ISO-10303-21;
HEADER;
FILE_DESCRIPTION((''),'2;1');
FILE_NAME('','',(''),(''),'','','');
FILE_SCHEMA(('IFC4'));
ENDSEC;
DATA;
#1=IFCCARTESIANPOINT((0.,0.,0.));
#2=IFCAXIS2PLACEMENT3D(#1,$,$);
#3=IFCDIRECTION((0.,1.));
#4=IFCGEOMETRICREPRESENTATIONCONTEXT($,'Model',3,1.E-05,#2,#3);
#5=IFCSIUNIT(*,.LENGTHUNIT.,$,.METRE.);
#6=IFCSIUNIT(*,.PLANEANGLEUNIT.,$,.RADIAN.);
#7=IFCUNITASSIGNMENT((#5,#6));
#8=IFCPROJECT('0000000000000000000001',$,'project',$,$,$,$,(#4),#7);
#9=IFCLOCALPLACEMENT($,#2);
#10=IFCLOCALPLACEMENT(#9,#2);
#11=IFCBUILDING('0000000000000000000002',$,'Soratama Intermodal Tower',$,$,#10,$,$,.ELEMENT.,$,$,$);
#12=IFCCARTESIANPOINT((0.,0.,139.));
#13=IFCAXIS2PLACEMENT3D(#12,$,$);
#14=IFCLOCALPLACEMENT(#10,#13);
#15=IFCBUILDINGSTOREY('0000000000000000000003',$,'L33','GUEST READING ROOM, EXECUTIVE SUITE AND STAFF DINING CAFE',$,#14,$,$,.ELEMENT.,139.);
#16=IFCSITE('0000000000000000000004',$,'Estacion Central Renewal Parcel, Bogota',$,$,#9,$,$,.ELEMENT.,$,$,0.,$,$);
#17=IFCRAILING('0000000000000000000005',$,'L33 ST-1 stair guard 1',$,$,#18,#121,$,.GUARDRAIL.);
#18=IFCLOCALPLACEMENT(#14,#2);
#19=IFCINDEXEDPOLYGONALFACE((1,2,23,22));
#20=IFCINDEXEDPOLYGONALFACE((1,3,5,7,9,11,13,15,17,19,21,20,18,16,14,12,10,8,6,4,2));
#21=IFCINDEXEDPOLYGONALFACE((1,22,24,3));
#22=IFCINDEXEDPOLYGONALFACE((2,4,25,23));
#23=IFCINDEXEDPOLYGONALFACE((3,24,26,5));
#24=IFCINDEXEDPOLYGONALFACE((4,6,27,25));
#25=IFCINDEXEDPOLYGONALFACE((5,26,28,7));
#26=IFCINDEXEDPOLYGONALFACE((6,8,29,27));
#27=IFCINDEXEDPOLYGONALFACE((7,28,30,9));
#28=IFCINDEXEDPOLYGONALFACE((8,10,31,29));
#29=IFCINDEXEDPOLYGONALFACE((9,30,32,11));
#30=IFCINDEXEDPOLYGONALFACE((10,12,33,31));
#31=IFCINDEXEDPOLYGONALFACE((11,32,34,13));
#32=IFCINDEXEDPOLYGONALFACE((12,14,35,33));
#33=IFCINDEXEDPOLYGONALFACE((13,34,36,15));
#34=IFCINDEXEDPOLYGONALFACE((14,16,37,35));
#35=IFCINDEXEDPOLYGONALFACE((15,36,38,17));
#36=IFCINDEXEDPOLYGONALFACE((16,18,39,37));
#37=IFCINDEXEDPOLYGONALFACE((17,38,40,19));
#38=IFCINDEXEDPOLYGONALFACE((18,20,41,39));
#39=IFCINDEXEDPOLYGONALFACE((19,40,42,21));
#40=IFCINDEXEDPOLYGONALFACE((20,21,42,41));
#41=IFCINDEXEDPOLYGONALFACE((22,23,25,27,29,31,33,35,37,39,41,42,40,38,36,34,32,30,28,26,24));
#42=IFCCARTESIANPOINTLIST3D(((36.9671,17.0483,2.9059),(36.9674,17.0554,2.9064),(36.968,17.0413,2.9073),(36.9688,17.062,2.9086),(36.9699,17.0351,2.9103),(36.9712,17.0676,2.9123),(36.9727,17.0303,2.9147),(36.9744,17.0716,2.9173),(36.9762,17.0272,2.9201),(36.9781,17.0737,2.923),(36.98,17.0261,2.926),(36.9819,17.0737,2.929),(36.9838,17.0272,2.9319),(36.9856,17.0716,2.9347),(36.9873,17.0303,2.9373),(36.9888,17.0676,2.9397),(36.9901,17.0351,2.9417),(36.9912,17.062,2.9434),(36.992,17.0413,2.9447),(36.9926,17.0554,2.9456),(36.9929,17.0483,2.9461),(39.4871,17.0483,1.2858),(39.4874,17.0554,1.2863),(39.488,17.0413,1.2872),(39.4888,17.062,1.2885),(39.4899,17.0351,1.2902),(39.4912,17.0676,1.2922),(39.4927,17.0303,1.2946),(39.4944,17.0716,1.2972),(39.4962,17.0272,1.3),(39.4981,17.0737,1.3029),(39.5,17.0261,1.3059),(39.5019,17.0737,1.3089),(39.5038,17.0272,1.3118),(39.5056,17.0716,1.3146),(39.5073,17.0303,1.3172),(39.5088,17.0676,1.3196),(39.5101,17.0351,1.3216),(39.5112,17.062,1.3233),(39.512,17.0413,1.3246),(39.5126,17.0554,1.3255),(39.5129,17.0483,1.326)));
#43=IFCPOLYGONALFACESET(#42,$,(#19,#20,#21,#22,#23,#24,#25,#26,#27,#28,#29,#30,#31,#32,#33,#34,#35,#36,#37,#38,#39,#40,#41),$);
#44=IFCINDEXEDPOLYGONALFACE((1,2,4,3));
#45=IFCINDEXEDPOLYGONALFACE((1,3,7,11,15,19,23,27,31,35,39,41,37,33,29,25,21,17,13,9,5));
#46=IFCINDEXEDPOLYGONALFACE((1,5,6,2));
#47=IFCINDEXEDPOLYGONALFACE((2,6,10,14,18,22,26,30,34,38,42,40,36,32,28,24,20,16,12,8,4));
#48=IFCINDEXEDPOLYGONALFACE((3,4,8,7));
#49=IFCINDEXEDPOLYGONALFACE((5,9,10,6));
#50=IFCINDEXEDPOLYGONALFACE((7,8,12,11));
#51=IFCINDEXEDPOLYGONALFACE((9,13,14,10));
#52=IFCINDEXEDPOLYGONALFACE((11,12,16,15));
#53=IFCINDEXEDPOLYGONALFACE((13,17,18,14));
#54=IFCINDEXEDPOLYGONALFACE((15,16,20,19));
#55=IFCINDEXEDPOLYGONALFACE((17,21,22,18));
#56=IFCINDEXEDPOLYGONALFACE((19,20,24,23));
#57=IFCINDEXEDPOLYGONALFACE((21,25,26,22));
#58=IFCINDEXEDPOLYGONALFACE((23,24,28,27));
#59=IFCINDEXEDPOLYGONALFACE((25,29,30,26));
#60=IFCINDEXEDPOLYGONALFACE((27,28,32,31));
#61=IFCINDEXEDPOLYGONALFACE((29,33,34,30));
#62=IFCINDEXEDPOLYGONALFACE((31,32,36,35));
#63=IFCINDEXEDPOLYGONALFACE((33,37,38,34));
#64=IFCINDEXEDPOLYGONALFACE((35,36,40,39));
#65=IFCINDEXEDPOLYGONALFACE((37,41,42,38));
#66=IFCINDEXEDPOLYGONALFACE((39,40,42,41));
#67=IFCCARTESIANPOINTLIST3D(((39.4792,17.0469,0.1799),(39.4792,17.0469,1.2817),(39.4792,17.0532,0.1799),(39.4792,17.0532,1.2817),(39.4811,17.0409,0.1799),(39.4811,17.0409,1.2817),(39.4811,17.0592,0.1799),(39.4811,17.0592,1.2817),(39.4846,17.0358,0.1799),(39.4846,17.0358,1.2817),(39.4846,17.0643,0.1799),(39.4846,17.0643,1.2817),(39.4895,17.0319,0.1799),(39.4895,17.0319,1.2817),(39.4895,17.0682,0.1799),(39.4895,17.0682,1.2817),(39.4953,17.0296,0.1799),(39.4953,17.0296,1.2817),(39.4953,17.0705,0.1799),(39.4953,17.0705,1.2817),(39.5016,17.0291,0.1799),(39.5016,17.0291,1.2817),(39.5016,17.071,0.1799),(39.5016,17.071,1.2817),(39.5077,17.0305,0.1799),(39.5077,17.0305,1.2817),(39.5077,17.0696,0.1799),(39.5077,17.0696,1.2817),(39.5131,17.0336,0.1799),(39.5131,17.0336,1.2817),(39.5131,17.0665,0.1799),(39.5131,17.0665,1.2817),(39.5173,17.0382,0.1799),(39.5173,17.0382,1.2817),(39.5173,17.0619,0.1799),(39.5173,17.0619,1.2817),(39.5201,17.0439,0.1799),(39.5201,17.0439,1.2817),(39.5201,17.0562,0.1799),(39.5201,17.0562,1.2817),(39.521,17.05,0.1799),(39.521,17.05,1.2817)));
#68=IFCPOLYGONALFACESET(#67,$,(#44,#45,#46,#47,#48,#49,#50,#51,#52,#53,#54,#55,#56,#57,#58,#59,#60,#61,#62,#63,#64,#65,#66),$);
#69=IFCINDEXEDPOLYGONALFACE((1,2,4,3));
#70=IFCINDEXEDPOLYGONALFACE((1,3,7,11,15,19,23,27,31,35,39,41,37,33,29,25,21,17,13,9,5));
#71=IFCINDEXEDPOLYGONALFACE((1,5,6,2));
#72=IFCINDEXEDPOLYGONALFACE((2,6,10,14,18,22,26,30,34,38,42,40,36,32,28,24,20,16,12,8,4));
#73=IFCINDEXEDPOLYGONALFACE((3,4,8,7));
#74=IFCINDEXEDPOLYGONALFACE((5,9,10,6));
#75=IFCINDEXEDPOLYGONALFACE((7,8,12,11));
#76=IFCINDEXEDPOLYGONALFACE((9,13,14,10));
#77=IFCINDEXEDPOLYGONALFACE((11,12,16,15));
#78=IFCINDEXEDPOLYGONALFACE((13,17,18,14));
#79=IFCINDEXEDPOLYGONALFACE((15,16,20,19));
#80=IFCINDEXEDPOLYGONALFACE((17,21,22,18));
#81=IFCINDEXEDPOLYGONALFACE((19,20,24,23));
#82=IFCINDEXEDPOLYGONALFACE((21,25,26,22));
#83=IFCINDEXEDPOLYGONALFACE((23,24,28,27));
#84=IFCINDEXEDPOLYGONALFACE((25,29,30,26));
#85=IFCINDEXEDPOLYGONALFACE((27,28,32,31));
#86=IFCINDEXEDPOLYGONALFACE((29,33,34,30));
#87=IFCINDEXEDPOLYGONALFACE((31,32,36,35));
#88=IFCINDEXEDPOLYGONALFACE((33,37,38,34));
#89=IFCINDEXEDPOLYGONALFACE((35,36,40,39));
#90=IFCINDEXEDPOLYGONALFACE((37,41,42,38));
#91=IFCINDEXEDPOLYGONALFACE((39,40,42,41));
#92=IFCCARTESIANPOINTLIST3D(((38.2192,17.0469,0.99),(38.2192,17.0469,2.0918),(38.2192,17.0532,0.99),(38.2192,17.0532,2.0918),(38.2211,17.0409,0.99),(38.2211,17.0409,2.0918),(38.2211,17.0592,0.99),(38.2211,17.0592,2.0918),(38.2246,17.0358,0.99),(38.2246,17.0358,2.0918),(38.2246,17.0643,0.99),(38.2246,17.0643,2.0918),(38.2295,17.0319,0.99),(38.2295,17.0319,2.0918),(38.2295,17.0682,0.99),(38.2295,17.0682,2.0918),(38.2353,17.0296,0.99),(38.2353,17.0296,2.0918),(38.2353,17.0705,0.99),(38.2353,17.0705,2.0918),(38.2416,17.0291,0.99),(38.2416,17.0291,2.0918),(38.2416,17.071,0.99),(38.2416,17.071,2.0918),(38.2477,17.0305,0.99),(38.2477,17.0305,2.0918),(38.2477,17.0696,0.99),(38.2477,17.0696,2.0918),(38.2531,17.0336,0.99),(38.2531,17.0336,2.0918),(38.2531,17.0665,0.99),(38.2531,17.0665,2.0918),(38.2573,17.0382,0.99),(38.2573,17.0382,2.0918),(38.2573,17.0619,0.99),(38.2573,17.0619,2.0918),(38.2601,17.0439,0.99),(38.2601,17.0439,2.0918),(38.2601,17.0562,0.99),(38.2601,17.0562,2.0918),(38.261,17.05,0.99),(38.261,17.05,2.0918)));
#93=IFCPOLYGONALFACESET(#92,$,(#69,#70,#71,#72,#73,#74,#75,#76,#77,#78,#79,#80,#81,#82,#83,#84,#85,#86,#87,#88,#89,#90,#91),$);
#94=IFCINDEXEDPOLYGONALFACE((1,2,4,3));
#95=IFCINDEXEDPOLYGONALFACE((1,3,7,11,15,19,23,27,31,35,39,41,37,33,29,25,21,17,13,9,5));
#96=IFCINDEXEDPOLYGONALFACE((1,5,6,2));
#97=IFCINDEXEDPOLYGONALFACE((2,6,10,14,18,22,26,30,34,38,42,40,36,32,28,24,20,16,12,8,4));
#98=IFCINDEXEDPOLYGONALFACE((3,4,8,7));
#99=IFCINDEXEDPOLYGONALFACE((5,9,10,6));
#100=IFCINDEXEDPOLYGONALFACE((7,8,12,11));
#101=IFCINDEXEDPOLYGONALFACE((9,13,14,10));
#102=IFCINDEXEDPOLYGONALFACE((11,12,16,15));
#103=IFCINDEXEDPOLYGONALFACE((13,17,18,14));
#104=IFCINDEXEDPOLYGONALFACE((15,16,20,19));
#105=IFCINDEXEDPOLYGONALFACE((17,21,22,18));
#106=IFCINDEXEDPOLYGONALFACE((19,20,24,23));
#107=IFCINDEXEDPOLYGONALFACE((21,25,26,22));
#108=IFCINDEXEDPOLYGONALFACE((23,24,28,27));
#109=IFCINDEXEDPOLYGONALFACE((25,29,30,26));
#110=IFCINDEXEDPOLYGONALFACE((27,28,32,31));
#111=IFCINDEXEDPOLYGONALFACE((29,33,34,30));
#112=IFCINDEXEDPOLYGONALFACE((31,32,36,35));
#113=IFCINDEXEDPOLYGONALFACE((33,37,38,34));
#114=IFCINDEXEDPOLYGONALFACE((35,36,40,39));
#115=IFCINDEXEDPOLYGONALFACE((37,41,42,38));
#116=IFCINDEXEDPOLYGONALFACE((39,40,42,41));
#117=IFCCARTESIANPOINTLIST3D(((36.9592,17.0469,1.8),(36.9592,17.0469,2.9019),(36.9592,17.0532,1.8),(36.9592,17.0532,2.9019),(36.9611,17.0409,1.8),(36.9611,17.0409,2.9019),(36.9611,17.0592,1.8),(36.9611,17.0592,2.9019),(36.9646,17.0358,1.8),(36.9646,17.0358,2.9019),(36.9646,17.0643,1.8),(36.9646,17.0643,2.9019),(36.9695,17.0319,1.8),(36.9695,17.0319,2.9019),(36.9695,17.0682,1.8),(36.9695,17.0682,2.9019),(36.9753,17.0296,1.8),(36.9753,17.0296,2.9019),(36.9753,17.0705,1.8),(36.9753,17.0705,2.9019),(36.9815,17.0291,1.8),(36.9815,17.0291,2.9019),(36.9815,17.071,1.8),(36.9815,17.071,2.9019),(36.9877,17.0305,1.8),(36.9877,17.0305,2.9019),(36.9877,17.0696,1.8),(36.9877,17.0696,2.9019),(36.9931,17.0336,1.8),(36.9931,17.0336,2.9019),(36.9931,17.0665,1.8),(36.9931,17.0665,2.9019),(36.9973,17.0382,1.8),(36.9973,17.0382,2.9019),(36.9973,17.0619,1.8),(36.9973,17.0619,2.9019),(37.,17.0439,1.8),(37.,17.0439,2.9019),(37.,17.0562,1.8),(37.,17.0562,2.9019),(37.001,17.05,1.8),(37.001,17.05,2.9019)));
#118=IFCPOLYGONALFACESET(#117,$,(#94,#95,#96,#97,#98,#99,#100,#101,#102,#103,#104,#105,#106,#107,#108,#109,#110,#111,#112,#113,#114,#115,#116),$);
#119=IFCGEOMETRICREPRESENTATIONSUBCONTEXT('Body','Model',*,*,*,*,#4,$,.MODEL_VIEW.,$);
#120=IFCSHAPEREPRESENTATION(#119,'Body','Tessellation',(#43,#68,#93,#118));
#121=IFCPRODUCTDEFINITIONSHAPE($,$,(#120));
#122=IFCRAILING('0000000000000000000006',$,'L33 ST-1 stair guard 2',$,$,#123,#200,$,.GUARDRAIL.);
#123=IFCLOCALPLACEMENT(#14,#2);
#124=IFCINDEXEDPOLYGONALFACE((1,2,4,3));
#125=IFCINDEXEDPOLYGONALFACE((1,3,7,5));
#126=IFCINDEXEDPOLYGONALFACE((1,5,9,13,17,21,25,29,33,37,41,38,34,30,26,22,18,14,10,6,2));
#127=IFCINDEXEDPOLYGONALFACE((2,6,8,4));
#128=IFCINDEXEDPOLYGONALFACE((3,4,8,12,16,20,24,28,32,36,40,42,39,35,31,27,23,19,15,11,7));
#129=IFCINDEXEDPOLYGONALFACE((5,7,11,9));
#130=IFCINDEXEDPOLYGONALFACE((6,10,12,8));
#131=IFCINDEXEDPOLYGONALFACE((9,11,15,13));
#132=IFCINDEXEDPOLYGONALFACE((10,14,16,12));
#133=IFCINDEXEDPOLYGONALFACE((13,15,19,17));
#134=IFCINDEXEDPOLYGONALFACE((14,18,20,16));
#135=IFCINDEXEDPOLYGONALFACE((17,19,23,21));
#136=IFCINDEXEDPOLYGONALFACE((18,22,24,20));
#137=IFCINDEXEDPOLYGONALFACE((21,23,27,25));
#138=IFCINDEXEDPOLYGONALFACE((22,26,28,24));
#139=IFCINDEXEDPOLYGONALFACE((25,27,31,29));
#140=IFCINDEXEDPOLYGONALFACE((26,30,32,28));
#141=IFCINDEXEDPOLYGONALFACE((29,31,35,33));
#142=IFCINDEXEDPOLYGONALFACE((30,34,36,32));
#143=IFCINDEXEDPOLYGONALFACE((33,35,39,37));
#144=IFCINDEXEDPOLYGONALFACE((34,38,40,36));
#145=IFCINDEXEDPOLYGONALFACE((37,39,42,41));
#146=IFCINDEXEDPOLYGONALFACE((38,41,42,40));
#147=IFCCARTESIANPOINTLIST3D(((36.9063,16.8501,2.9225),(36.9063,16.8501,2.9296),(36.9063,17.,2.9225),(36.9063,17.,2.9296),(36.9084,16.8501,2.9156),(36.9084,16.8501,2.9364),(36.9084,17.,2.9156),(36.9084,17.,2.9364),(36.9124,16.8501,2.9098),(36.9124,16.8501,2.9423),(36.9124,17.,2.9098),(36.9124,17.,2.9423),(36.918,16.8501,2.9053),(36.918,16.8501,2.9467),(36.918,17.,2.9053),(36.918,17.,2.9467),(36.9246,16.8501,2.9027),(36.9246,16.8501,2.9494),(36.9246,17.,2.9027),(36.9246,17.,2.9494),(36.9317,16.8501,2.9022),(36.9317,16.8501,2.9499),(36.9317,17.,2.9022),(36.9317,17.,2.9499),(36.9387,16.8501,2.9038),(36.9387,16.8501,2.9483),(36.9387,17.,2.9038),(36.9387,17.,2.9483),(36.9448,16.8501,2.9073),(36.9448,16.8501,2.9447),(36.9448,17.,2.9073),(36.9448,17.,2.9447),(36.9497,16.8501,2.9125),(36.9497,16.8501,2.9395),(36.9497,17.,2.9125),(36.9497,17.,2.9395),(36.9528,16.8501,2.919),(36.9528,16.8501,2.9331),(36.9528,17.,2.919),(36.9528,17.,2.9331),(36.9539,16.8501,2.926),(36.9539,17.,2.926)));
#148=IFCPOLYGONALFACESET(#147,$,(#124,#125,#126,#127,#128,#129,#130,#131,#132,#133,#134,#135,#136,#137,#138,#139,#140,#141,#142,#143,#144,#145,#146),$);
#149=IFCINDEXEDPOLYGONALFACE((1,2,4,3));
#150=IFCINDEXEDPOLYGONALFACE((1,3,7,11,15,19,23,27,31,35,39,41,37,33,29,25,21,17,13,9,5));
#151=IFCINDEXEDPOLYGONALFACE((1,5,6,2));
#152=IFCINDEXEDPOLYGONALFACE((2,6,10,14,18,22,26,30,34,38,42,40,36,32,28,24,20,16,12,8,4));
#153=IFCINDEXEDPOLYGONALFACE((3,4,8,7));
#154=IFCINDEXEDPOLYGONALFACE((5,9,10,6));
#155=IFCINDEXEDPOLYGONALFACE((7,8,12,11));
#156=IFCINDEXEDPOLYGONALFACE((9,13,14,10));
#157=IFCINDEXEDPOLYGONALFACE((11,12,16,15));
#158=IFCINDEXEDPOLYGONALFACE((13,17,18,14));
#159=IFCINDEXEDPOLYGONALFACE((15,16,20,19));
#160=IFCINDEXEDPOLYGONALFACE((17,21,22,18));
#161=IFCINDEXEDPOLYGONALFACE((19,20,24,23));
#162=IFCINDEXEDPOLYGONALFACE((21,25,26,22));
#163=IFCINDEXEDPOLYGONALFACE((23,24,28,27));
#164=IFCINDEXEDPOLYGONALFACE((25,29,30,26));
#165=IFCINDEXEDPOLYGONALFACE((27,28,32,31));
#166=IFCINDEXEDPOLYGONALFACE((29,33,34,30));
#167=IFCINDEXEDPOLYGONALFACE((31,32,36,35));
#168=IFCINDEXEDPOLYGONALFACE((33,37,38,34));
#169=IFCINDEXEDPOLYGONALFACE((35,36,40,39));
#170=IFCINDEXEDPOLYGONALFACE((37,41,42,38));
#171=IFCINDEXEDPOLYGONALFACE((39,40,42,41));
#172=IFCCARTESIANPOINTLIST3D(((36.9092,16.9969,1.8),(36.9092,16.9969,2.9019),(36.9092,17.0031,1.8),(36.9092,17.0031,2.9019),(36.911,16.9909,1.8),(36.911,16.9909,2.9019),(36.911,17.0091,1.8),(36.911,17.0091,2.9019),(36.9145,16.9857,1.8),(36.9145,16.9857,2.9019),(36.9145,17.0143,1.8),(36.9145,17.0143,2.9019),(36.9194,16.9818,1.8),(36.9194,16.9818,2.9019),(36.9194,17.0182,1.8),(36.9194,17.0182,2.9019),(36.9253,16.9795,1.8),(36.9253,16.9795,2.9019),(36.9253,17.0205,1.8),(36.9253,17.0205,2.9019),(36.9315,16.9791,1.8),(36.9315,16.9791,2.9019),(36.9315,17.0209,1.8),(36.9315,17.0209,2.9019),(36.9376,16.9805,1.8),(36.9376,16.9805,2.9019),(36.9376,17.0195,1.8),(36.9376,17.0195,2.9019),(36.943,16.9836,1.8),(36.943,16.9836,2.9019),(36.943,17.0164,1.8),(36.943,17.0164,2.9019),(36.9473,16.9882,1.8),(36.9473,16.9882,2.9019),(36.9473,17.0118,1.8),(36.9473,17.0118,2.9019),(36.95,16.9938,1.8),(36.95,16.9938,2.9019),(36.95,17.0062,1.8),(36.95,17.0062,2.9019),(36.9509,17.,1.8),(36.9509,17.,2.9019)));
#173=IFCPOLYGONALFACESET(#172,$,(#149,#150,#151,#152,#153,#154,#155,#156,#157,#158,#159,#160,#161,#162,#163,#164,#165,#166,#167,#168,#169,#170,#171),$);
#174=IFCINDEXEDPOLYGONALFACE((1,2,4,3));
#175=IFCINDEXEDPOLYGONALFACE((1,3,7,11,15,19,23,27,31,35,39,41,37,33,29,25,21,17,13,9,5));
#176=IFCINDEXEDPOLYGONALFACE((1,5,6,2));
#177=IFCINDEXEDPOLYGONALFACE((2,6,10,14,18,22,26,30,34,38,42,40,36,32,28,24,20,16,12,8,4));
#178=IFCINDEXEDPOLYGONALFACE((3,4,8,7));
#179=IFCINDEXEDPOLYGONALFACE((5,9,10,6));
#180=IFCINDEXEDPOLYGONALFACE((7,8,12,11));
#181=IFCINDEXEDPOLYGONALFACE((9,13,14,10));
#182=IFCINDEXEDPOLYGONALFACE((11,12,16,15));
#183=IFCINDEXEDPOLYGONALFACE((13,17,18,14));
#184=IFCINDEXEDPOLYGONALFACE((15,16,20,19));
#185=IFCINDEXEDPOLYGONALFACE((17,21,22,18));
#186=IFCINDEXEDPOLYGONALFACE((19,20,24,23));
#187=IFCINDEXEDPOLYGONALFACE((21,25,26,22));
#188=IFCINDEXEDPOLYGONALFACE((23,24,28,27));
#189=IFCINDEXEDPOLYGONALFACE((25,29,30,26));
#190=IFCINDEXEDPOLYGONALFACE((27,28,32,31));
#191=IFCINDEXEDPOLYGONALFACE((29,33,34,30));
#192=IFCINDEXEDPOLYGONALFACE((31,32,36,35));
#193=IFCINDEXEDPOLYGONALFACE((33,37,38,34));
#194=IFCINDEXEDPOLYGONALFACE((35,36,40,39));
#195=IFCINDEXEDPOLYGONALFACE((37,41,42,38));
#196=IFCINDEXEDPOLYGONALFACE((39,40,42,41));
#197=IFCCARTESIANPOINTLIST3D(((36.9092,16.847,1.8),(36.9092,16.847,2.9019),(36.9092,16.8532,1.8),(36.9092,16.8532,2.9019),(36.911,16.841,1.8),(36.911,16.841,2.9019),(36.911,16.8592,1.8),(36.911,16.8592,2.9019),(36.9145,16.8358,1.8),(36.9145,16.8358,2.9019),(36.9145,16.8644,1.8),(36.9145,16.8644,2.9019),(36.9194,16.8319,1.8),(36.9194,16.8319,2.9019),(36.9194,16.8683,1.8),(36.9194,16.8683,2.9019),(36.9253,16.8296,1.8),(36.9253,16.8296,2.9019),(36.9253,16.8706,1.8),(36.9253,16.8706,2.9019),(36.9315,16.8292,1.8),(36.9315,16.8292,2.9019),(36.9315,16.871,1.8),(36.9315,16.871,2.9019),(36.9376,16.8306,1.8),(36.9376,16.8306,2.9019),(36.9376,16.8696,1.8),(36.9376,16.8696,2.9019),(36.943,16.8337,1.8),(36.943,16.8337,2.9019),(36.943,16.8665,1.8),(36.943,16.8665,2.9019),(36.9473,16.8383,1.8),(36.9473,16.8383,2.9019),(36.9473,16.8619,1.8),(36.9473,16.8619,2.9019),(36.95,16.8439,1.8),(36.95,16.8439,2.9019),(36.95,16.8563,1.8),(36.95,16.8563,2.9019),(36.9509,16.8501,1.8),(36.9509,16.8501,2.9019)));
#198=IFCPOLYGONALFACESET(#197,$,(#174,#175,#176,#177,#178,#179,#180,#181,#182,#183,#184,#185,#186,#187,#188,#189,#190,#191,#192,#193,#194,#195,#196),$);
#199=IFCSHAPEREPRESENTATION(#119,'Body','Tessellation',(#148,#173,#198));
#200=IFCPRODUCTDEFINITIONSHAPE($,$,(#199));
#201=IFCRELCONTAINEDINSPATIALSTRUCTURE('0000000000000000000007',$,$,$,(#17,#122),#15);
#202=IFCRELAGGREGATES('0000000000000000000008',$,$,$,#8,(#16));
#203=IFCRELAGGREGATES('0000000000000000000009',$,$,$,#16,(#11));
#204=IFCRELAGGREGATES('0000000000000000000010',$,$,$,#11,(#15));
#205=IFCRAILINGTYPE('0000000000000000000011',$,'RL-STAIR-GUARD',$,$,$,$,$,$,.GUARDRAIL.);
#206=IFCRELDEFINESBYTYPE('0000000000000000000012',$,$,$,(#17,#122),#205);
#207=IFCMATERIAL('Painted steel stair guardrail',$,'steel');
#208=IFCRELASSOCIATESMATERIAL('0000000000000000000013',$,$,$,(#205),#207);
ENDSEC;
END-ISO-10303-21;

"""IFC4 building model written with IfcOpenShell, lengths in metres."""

from ifc_helpers import new_model, si_unit, direction, frame, origin, origin_2d, place, context, subcontext, project, spatial, circle, extrude, material, type_object, element, save


model = new_model("IFC4")

# Units and contexts
model_context = context("Model", 3, precision=1e-05, world=origin(), true_north=direction((0.0, 1.0)))
body_context = subcontext(model_context, "Body", "Model", "MODEL_VIEW")
ifc_project = project(units=[si_unit("LENGTHUNIT", "METRE"), si_unit("PLANEANGLEUNIT", "RADIAN")], contexts=[model_context])

# Site, building, storey
site_placement = place(None, origin())
site = spatial("IfcSite", under=ifc_project, at=site_placement, Name="Estacion Central Renewal Parcel, Bogota", CompositionType="ELEMENT", RefElevation=0.0)
building_placement = place(site_placement, origin())
building = spatial("IfcBuilding", under=site, at=building_placement, Name="Soratama Intermodal Tower", CompositionType="ELEMENT")
storey_placement = place(building_placement, frame((0.0, 0.0, 139.0)))
storey = spatial("IfcBuildingStorey", under=building, at=storey_placement, Name="L33", Description="GUEST READING ROOM, EXECUTIVE SUITE AND STAFF DINING CAFE", CompositionType="ELEMENT", Elevation=139.0)

# Railings
ifc_material_1 = material(Name="Painted steel stair guardrail", Category="steel")
railing_type_1 = type_object("IfcRailingType", Name="RL-STAIR-GUARD", PredefinedType="GUARDRAIL", material=ifc_material_1)
railing_1_placement = place(storey_placement, frame((39.5, 17.05, 0.1799)))
element("IfcRailing", 1, at=railing_1_placement, inside=storey, type_object=railing_type_1, Name="L33 ST-1 stair guard 1", PredefinedType="GUARDRAIL", context=body_context, shape_type="SweptSolid", body=[
    extrude(circle(Radius=0.0239, at=origin_2d()), frame((0.0, 0.0, 1.126), z_axis=(-0.841163, 0.0, 0.540782), x_axis=(0.0, -1.0, 0.0)), (0.0, 0.0, 1.0), 2.9958),
    extrude(circle(Radius=0.021, at=origin_2d()), origin(), (0.0, 0.0, 1.0), 1.1018),
    extrude(circle(Radius=0.021, at=origin_2d()), frame((-1.26, 0.0, 0.8101)), (0.0, 0.0, 1.0), 1.1018),
    extrude(circle(Radius=0.021, at=origin_2d()), frame((-2.52, 0.0, 1.6201)), (0.0, 0.0, 1.0), 1.1018),
])
railing_2_placement = place(storey_placement, frame((36.9299, 17.0, 1.8)))
element("IfcRailing", 2, at=railing_2_placement, inside=storey, type_object=railing_type_1, Name="L33 ST-1 stair guard 2", PredefinedType="GUARDRAIL", context=body_context, shape_type="SweptSolid", body=[
    extrude(circle(Radius=0.0239, at=origin_2d()), frame((0.0, 0.0, 1.126), z_axis=(0.0, -1.0, 0.0), x_axis=(1.0, 0.0, 0.0)), (0.0, 0.0, 1.0), 0.1499),
    extrude(circle(Radius=0.021, at=origin_2d()), origin(), (0.0, 0.0, 1.0), 1.1018),
    extrude(circle(Radius=0.021, at=origin_2d()), frame((0.0, -0.1499, 0.0)), (0.0, 0.0, 1.0), 1.1018),
])

save(model, "model.ifc")
